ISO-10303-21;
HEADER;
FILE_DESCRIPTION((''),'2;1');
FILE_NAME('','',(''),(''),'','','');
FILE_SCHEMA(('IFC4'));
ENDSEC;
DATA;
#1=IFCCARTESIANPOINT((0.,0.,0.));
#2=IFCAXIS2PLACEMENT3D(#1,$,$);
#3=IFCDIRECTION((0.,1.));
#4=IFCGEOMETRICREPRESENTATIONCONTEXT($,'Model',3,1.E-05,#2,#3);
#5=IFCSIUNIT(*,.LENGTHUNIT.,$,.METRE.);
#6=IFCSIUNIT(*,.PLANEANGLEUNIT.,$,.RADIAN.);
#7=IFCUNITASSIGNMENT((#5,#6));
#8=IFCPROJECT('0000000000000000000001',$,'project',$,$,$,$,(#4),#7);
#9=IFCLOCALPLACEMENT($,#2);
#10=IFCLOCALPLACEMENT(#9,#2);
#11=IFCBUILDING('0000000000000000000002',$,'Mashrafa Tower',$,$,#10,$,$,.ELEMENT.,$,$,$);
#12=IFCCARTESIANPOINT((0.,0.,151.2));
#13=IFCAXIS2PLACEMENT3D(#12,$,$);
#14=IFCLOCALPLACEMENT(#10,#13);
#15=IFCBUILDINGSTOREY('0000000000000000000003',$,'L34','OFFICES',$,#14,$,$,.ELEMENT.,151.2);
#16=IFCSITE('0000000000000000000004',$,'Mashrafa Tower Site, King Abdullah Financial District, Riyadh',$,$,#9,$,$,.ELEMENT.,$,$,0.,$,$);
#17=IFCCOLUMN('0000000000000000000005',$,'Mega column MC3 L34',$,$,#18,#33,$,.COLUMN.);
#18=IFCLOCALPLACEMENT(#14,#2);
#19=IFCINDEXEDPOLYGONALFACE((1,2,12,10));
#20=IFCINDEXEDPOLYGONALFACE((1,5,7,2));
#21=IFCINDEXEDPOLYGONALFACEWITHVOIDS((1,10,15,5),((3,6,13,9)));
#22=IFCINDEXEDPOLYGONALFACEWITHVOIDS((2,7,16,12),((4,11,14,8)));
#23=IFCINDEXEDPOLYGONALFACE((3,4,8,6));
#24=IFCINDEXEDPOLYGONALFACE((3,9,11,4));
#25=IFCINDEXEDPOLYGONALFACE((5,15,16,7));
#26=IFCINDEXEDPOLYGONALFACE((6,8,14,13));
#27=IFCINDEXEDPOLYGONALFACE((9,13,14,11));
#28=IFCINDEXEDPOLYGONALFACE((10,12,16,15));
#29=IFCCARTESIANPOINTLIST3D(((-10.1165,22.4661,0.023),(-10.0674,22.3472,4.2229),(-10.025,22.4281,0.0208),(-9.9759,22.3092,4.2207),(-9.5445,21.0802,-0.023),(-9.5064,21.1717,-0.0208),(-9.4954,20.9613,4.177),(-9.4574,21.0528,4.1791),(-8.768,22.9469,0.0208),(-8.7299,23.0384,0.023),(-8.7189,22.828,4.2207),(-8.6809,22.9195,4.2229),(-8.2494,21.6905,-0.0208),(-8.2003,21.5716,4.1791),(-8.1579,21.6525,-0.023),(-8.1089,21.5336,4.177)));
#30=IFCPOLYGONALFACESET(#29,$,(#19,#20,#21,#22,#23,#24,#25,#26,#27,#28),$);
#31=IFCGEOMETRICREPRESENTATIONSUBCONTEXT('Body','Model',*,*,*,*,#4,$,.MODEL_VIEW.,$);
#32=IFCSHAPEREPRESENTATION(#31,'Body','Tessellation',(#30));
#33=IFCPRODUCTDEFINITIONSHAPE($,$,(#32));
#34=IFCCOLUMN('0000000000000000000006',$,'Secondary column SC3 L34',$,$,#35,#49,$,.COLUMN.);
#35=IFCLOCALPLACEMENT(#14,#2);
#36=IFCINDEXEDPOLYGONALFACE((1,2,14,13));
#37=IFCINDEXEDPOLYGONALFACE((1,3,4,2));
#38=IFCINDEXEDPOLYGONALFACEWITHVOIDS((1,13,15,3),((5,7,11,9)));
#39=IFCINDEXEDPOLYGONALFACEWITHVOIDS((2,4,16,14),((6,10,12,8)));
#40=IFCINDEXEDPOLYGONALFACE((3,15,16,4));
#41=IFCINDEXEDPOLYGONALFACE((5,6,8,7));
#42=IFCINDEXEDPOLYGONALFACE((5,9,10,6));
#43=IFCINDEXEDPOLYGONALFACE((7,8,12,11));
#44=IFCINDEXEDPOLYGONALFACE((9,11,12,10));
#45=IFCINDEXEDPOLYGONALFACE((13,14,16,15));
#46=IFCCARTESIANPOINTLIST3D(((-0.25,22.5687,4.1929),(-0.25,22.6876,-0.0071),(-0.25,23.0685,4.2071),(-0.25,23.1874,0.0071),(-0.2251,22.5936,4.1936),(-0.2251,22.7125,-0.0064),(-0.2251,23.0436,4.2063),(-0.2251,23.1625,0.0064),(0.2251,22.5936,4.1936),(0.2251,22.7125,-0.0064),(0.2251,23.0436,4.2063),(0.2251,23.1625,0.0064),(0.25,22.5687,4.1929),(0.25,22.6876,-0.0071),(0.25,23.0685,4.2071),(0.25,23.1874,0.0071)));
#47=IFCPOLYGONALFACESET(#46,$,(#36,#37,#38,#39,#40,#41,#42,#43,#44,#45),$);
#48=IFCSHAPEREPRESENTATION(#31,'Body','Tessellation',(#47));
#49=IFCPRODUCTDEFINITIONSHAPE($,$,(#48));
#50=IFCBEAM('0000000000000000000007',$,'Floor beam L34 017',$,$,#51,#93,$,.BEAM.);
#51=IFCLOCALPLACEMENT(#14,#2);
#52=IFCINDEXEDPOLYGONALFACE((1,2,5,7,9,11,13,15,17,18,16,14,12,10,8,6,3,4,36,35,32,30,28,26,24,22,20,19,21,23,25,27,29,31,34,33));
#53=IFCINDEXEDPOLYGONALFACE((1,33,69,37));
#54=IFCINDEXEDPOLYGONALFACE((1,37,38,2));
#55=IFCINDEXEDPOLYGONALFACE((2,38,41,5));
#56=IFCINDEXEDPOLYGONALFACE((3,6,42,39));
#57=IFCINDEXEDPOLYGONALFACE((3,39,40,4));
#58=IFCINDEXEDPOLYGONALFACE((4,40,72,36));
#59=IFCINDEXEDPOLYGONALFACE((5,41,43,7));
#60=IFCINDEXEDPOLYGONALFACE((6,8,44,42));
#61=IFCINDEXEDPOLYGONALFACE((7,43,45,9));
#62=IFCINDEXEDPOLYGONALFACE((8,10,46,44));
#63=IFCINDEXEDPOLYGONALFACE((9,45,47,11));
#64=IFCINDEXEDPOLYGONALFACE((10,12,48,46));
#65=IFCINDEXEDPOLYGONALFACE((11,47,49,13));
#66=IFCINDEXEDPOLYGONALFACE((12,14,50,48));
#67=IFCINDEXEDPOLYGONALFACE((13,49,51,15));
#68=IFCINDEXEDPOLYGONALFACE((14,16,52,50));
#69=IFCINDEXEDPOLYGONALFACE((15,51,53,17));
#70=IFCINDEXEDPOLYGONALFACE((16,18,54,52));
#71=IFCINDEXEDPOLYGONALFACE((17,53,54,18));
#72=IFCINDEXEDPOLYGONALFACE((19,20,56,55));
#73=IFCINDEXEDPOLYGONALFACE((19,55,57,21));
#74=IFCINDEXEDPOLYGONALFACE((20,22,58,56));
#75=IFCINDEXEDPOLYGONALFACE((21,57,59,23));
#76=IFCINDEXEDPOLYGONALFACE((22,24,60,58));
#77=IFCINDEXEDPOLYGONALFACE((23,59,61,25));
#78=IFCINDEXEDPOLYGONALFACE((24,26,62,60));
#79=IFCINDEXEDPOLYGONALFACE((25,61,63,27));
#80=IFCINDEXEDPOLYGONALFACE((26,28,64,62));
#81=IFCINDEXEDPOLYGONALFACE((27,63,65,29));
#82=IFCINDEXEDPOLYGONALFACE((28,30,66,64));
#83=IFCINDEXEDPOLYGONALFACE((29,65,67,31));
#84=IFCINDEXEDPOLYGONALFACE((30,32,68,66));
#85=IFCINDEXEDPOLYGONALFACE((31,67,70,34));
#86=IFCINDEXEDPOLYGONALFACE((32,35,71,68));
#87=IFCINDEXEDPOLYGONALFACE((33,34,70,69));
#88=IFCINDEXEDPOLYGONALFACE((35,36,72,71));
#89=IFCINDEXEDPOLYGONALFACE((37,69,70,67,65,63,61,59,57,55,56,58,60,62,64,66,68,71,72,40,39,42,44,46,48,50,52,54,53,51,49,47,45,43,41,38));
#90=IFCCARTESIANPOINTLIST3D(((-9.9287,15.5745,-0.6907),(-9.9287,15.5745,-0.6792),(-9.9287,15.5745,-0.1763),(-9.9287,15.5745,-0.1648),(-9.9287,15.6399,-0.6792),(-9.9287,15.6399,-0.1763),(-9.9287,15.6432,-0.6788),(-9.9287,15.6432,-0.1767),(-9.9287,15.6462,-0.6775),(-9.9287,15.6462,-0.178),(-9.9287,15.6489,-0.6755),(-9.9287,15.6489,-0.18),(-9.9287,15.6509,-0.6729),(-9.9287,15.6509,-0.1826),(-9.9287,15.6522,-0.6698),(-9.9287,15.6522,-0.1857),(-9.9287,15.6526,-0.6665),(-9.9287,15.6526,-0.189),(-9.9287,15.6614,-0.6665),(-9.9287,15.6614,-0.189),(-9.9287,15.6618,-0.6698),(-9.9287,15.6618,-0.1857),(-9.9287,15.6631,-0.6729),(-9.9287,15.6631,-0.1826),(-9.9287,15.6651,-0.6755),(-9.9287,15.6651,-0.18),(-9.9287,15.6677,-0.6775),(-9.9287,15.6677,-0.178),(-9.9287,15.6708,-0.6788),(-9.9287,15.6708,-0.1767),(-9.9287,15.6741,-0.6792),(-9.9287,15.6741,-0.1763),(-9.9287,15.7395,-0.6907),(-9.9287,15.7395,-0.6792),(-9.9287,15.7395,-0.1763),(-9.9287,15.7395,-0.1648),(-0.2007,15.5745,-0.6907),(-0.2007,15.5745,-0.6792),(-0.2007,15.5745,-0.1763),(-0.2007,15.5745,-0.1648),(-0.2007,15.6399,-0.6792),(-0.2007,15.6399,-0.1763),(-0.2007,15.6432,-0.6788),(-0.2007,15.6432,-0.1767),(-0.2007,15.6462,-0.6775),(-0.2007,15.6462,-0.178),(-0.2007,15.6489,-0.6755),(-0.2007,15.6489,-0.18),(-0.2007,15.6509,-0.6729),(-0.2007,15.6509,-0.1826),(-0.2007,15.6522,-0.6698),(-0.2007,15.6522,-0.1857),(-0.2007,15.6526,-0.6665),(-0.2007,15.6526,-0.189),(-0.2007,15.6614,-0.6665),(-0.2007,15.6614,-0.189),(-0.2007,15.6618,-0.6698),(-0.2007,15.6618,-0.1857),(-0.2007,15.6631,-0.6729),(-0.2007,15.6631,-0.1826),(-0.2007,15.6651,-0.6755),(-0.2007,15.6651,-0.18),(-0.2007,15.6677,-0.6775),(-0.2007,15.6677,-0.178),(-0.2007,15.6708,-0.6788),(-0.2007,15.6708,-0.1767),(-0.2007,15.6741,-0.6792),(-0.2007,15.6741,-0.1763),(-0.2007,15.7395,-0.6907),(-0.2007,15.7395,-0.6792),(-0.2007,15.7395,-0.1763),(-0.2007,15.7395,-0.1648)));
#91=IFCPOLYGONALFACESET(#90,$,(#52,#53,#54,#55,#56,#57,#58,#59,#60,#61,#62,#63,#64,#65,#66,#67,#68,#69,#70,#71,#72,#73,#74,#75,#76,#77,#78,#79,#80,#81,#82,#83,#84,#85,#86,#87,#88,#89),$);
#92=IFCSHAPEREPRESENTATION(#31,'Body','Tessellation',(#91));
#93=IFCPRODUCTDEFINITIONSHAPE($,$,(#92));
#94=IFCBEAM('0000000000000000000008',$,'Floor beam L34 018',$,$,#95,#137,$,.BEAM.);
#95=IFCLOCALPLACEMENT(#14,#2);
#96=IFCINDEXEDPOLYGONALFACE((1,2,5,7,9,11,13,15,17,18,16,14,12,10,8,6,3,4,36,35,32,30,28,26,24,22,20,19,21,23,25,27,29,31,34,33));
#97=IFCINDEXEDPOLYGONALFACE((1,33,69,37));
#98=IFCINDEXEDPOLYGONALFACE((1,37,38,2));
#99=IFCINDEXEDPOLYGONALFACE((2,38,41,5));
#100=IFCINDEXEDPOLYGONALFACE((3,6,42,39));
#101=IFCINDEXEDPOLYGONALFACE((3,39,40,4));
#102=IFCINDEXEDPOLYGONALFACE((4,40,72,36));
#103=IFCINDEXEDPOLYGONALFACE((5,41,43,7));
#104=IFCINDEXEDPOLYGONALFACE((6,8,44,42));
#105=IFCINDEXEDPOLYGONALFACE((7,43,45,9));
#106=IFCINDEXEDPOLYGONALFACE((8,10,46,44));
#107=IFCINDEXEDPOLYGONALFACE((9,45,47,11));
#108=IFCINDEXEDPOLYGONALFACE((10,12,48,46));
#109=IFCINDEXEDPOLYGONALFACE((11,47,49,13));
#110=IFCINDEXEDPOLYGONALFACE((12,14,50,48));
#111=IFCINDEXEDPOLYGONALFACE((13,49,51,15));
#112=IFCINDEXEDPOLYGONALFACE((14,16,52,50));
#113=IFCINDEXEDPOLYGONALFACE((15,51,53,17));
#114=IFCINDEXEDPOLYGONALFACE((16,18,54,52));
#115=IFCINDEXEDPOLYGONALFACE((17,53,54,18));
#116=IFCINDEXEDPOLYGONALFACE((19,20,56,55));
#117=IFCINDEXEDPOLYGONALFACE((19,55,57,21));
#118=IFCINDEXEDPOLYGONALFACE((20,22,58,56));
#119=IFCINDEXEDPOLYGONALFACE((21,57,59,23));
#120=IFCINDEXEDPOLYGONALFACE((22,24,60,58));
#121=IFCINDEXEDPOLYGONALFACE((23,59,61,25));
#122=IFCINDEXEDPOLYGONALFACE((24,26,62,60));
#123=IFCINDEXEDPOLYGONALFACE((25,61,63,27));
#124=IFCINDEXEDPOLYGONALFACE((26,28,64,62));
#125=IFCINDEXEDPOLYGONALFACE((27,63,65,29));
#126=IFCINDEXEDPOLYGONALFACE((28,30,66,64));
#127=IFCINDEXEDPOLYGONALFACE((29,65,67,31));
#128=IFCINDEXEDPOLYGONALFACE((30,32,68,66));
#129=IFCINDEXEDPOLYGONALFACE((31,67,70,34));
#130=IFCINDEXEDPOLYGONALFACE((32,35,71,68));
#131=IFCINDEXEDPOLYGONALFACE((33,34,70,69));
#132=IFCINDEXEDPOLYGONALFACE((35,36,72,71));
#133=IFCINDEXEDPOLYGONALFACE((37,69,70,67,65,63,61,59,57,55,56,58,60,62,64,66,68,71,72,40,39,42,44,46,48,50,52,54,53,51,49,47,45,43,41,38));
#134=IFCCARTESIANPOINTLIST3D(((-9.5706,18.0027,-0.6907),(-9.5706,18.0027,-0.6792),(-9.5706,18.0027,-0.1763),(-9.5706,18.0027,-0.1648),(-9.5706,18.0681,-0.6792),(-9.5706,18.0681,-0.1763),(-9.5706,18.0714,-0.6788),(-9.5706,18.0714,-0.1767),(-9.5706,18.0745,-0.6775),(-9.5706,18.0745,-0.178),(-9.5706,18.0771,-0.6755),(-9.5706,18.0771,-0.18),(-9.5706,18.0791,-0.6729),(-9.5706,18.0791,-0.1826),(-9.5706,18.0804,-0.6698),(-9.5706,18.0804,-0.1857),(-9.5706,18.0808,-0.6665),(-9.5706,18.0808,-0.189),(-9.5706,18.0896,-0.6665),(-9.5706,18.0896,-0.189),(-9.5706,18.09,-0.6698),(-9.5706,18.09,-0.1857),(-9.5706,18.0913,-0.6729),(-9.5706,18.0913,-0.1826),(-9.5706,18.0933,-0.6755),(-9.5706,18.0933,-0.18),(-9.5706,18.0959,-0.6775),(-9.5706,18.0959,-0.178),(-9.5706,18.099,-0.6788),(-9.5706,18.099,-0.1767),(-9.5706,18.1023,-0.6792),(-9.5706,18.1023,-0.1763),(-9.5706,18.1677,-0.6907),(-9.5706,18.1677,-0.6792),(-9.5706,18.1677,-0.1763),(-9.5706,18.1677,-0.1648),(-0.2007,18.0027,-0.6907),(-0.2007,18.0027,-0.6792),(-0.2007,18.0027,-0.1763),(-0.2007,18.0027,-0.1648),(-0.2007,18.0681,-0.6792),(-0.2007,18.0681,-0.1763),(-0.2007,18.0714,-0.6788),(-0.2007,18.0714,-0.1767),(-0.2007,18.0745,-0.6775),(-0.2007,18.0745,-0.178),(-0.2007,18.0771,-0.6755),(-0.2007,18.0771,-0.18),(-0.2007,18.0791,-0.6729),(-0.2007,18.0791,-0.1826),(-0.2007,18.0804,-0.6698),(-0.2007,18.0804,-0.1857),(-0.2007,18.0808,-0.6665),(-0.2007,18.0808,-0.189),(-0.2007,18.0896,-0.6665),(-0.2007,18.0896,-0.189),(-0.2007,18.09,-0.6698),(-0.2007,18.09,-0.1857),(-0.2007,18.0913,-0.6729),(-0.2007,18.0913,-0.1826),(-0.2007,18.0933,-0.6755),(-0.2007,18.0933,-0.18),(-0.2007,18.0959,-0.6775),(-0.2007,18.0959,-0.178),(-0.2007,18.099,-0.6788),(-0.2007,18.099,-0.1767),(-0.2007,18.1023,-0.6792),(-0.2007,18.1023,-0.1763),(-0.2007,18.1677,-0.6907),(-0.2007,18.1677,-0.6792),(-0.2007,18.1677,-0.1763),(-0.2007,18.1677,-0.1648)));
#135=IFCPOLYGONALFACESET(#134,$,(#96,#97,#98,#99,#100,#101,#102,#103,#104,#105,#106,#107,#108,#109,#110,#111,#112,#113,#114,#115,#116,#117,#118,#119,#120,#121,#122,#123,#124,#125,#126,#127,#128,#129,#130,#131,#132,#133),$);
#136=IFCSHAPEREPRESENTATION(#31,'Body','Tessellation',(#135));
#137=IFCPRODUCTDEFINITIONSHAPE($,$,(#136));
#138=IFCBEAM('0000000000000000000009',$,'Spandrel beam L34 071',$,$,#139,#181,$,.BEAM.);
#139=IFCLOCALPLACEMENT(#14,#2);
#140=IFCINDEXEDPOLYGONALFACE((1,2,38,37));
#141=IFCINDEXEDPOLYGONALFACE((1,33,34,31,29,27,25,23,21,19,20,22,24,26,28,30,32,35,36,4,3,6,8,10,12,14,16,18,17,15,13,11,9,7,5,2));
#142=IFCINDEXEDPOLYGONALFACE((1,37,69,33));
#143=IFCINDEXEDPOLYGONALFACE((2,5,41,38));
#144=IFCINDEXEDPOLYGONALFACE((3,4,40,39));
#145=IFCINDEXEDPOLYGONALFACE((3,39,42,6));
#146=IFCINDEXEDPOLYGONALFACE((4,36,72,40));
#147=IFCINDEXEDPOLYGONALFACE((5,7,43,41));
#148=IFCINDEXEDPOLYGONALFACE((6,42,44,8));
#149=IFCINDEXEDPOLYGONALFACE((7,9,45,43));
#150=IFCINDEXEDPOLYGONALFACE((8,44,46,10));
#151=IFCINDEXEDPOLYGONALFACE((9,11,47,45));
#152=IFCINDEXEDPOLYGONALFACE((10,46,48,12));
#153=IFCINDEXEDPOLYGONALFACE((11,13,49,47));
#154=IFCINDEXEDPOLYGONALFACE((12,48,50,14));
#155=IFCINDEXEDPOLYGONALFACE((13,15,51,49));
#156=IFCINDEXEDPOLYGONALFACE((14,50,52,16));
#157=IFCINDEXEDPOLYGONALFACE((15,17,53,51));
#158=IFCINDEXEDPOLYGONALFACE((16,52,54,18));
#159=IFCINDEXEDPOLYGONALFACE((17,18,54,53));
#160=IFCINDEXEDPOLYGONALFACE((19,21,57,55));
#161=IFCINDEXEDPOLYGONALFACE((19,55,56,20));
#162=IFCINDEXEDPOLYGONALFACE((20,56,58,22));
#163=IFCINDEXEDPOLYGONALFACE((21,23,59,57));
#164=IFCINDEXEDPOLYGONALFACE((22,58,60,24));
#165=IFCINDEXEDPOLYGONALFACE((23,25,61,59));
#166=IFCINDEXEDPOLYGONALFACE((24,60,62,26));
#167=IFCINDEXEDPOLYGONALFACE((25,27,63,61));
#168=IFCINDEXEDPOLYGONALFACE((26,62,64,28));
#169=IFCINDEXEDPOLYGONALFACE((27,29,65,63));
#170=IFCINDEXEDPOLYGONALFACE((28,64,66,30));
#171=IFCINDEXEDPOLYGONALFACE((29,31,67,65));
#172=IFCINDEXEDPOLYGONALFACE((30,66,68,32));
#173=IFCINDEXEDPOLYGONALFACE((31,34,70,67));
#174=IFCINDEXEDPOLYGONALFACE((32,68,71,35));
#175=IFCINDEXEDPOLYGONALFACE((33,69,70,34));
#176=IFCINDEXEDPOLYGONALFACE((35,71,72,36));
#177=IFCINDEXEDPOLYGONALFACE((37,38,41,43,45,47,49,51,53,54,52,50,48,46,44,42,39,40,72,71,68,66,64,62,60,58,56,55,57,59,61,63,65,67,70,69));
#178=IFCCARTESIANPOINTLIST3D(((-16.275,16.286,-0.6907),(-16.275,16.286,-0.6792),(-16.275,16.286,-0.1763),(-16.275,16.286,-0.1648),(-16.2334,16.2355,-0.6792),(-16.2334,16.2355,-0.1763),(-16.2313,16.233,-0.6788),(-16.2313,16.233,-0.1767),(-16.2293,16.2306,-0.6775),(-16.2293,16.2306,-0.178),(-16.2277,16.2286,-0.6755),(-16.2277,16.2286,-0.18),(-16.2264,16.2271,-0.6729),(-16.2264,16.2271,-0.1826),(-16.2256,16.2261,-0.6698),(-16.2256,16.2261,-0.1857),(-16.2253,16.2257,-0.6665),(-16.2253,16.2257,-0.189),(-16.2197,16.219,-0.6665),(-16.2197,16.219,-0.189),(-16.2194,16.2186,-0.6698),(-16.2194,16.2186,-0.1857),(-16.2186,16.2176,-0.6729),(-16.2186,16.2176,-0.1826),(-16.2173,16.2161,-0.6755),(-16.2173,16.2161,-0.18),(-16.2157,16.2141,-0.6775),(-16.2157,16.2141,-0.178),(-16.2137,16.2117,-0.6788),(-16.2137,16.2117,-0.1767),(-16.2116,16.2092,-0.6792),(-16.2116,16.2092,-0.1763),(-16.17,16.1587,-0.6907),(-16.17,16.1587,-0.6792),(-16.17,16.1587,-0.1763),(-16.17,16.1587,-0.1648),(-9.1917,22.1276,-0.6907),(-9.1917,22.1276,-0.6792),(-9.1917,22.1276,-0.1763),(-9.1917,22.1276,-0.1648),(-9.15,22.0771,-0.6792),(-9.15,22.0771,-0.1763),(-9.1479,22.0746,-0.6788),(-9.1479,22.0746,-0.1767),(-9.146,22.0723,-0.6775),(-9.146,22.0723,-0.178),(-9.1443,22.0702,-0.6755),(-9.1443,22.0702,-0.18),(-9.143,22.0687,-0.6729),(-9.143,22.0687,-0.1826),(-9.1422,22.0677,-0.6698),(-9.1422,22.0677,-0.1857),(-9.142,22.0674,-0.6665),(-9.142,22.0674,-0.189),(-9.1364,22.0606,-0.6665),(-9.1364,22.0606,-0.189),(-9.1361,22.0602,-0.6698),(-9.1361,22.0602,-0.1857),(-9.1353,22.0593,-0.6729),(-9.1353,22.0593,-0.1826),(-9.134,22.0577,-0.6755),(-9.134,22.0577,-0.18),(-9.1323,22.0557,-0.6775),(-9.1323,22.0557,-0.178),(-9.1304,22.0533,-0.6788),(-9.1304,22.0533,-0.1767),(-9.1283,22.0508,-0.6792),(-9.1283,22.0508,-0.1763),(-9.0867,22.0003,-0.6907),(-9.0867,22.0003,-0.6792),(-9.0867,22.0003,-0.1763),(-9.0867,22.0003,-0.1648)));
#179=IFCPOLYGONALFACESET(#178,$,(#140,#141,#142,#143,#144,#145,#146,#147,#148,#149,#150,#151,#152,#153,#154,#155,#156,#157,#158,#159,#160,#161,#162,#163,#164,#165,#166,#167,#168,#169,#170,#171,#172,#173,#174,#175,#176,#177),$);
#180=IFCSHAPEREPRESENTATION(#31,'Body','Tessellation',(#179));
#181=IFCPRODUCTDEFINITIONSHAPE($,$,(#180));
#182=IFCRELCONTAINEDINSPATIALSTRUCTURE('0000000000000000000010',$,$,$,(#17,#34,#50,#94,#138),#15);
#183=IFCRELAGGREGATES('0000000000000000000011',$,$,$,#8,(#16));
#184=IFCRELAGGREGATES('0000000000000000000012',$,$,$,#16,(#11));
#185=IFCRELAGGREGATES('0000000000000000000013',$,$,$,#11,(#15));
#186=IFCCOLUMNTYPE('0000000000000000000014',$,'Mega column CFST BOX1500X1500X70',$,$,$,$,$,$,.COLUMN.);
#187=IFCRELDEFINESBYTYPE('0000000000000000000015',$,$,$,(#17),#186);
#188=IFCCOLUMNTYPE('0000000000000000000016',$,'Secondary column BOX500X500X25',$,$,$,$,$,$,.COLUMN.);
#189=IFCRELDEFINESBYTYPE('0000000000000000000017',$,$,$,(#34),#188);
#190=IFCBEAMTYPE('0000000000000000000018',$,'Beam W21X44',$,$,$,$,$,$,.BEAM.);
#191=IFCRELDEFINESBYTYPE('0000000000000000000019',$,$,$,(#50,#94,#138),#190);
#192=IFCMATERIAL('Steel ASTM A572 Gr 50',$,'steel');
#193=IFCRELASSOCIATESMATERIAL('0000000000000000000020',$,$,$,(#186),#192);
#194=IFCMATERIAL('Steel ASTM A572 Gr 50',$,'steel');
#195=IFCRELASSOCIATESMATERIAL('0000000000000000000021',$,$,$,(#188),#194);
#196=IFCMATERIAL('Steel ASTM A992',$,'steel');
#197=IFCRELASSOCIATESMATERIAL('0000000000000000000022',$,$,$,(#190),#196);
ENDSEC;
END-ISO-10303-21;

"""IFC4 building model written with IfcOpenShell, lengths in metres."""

from ifc_helpers import new_model, si_unit, direction, frame, origin, origin_2d, place, context, subcontext, project, spatial, hollow_rectangle, i_section, extrude, material, material_profile, profile_set, type_object, element, save


model = new_model("IFC4")

# Units and contexts
model_context = context("Model", 3, precision=1e-05, world=origin(), true_north=direction((0.0, 1.0)))
body_context = subcontext(model_context, "Body", "Model", "MODEL_VIEW")
ifc_project = project(units=[si_unit("LENGTHUNIT", "METRE"), si_unit("PLANEANGLEUNIT", "RADIAN")], contexts=[model_context])

# Site, building, storey
site_placement = place(None, origin())
site = spatial("IfcSite", under=ifc_project, at=site_placement, Name="Mashrafa Tower Site, King Abdullah Financial District, Riyadh", CompositionType="ELEMENT", RefElevation=0.0)
building_placement = place(site_placement, origin())
building = spatial("IfcBuilding", under=site, at=building_placement, Name="Mashrafa Tower", CompositionType="ELEMENT")
storey_placement = place(building_placement, frame((0.0, 0.0, 151.2)))
storey = spatial("IfcBuildingStorey", under=building, at=storey_placement, Name="L34", Description="OFFICES", CompositionType="ELEMENT", Elevation=151.2)

# Columns
ifc_material_1 = material(Name="Steel ASTM A572 Gr 50", Category="steel")
ifc_material_profile_1 = material_profile(ifc_material_1, hollow_rectangle(XDim=1.5, YDim=1.5, WallThickness=0.0701, at=origin_2d()), Name="BOX1500X1500X70")
ifc_profile_set_1 = profile_set([ifc_material_profile_1], Name="Steel ASTM A572 Gr 50")
column_type_1 = type_object("IfcColumnType", Name="Mega column CFST BOX1500X1500X70", PredefinedType="COLUMN", material=ifc_profile_set_1)
column_1_placement = place(storey_placement, frame((-9.1372, 22.0593, 0.0), z_axis=(0.011679, -0.028296, 0.999531), x_axis=(0.924363, 0.381513, 0.0)))
element("IfcColumn", 1, at=column_1_placement, inside=storey, type_object=column_type_1, Name="Mega column MC3 L34", PredefinedType="COLUMN", context=body_context, shape_type="SweptSolid", body=[
    extrude(hollow_rectangle(XDim=1.5, YDim=1.5, WallThickness=0.0701, at=origin_2d()), origin(), (0.0, 0.0, 1.0), 4.2019),
])
ifc_material_2 = material(Name="Steel ASTM A572 Gr 50", Category="steel")
ifc_material_profile_2 = material_profile(ifc_material_2, hollow_rectangle(XDim=0.5, YDim=0.5, WallThickness=0.0249, at=origin_2d()), Name="BOX500X500X25")
ifc_profile_set_2 = profile_set([ifc_material_profile_2], Name="Steel ASTM A572 Gr 50")
column_type_2 = type_object("IfcColumnType", Name="Secondary column BOX500X500X25", PredefinedType="COLUMN", material=ifc_profile_set_2)
column_2_placement = place(storey_placement, frame((0.0, 22.9375, 0.0), z_axis=(0.0, -0.028298, 0.9996), x_axis=(1.0, 0.0, 0.0)))
element("IfcColumn", 2, at=column_2_placement, inside=storey, type_object=column_type_2, Name="Secondary column SC3 L34", PredefinedType="COLUMN", context=body_context, shape_type="SweptSolid", body=[
    extrude(hollow_rectangle(XDim=0.5, YDim=0.5, WallThickness=0.0249, at=origin_2d()), origin(), (0.0, 0.0, 1.0), 4.2017),
])

# Beams
ifc_material_3 = material(Name="Steel ASTM A992", Category="steel")
ifc_material_profile_3 = material_profile(ifc_material_3, i_section(OverallWidth=0.165, OverallDepth=0.5259, WebThickness=0.0088, FlangeThickness=0.0115, FilletRadius=0.0127, at=origin_2d()), Name="W21X44")
ifc_profile_set_3 = profile_set([ifc_material_profile_3], Name="Steel ASTM A992")
beam_type_1 = type_object("IfcBeamType", Name="Beam W21X44", PredefinedType="BEAM", material=ifc_profile_set_3)
beam_1_placement = place(storey_placement, frame((-9.9287, 15.657, -0.4277), z_axis=(1.0, 0.0, 0.0), x_axis=(0.0, 1.0, 0.0)))
element("IfcBeam", 3, at=beam_1_placement, inside=storey, type_object=beam_type_1, Name="Floor beam L34 017", PredefinedType="BEAM", context=body_context, shape_type="SweptSolid", body=[
    extrude(i_section(OverallWidth=0.165, OverallDepth=0.5259, WebThickness=0.0088, FlangeThickness=0.0115, FilletRadius=0.0127, at=origin_2d()), origin(), (0.0, 0.0, 1.0), 9.728),
])
beam_2_placement = place(storey_placement, frame((-9.5706, 18.0852, -0.4277), z_axis=(1.0, 0.0, 0.0), x_axis=(0.0, 1.0, 0.0)))
element("IfcBeam", 4, at=beam_2_placement, inside=storey, type_object=beam_type_1, Name="Floor beam L34 018", PredefinedType="BEAM", context=body_context, shape_type="SweptSolid", body=[
    extrude(i_section(OverallWidth=0.165, OverallDepth=0.5259, WebThickness=0.0088, FlangeThickness=0.0115, FilletRadius=0.0127, at=origin_2d()), origin(), (0.0, 0.0, 1.0), 9.3699),
])
beam_3_placement = place(storey_placement, frame((-9.1392, 22.064, -0.4277), z_axis=(-0.771487, -0.636245, 0.0), x_axis=(0.636245, -0.771487, 0.0)))
element("IfcBeam", 5, at=beam_3_placement, inside=storey, type_object=beam_type_1, Name="Spandrel beam L34 071", PredefinedType="BEAM", context=body_context, shape_type="SweptSolid", body=[
    extrude(i_section(OverallWidth=0.165, OverallDepth=0.5259, WebThickness=0.0088, FlangeThickness=0.0115, FilletRadius=0.0127, at=origin_2d()), origin(), (0.0, 0.0, 1.0), 9.1814),
])

save(model, "model.ifc")
